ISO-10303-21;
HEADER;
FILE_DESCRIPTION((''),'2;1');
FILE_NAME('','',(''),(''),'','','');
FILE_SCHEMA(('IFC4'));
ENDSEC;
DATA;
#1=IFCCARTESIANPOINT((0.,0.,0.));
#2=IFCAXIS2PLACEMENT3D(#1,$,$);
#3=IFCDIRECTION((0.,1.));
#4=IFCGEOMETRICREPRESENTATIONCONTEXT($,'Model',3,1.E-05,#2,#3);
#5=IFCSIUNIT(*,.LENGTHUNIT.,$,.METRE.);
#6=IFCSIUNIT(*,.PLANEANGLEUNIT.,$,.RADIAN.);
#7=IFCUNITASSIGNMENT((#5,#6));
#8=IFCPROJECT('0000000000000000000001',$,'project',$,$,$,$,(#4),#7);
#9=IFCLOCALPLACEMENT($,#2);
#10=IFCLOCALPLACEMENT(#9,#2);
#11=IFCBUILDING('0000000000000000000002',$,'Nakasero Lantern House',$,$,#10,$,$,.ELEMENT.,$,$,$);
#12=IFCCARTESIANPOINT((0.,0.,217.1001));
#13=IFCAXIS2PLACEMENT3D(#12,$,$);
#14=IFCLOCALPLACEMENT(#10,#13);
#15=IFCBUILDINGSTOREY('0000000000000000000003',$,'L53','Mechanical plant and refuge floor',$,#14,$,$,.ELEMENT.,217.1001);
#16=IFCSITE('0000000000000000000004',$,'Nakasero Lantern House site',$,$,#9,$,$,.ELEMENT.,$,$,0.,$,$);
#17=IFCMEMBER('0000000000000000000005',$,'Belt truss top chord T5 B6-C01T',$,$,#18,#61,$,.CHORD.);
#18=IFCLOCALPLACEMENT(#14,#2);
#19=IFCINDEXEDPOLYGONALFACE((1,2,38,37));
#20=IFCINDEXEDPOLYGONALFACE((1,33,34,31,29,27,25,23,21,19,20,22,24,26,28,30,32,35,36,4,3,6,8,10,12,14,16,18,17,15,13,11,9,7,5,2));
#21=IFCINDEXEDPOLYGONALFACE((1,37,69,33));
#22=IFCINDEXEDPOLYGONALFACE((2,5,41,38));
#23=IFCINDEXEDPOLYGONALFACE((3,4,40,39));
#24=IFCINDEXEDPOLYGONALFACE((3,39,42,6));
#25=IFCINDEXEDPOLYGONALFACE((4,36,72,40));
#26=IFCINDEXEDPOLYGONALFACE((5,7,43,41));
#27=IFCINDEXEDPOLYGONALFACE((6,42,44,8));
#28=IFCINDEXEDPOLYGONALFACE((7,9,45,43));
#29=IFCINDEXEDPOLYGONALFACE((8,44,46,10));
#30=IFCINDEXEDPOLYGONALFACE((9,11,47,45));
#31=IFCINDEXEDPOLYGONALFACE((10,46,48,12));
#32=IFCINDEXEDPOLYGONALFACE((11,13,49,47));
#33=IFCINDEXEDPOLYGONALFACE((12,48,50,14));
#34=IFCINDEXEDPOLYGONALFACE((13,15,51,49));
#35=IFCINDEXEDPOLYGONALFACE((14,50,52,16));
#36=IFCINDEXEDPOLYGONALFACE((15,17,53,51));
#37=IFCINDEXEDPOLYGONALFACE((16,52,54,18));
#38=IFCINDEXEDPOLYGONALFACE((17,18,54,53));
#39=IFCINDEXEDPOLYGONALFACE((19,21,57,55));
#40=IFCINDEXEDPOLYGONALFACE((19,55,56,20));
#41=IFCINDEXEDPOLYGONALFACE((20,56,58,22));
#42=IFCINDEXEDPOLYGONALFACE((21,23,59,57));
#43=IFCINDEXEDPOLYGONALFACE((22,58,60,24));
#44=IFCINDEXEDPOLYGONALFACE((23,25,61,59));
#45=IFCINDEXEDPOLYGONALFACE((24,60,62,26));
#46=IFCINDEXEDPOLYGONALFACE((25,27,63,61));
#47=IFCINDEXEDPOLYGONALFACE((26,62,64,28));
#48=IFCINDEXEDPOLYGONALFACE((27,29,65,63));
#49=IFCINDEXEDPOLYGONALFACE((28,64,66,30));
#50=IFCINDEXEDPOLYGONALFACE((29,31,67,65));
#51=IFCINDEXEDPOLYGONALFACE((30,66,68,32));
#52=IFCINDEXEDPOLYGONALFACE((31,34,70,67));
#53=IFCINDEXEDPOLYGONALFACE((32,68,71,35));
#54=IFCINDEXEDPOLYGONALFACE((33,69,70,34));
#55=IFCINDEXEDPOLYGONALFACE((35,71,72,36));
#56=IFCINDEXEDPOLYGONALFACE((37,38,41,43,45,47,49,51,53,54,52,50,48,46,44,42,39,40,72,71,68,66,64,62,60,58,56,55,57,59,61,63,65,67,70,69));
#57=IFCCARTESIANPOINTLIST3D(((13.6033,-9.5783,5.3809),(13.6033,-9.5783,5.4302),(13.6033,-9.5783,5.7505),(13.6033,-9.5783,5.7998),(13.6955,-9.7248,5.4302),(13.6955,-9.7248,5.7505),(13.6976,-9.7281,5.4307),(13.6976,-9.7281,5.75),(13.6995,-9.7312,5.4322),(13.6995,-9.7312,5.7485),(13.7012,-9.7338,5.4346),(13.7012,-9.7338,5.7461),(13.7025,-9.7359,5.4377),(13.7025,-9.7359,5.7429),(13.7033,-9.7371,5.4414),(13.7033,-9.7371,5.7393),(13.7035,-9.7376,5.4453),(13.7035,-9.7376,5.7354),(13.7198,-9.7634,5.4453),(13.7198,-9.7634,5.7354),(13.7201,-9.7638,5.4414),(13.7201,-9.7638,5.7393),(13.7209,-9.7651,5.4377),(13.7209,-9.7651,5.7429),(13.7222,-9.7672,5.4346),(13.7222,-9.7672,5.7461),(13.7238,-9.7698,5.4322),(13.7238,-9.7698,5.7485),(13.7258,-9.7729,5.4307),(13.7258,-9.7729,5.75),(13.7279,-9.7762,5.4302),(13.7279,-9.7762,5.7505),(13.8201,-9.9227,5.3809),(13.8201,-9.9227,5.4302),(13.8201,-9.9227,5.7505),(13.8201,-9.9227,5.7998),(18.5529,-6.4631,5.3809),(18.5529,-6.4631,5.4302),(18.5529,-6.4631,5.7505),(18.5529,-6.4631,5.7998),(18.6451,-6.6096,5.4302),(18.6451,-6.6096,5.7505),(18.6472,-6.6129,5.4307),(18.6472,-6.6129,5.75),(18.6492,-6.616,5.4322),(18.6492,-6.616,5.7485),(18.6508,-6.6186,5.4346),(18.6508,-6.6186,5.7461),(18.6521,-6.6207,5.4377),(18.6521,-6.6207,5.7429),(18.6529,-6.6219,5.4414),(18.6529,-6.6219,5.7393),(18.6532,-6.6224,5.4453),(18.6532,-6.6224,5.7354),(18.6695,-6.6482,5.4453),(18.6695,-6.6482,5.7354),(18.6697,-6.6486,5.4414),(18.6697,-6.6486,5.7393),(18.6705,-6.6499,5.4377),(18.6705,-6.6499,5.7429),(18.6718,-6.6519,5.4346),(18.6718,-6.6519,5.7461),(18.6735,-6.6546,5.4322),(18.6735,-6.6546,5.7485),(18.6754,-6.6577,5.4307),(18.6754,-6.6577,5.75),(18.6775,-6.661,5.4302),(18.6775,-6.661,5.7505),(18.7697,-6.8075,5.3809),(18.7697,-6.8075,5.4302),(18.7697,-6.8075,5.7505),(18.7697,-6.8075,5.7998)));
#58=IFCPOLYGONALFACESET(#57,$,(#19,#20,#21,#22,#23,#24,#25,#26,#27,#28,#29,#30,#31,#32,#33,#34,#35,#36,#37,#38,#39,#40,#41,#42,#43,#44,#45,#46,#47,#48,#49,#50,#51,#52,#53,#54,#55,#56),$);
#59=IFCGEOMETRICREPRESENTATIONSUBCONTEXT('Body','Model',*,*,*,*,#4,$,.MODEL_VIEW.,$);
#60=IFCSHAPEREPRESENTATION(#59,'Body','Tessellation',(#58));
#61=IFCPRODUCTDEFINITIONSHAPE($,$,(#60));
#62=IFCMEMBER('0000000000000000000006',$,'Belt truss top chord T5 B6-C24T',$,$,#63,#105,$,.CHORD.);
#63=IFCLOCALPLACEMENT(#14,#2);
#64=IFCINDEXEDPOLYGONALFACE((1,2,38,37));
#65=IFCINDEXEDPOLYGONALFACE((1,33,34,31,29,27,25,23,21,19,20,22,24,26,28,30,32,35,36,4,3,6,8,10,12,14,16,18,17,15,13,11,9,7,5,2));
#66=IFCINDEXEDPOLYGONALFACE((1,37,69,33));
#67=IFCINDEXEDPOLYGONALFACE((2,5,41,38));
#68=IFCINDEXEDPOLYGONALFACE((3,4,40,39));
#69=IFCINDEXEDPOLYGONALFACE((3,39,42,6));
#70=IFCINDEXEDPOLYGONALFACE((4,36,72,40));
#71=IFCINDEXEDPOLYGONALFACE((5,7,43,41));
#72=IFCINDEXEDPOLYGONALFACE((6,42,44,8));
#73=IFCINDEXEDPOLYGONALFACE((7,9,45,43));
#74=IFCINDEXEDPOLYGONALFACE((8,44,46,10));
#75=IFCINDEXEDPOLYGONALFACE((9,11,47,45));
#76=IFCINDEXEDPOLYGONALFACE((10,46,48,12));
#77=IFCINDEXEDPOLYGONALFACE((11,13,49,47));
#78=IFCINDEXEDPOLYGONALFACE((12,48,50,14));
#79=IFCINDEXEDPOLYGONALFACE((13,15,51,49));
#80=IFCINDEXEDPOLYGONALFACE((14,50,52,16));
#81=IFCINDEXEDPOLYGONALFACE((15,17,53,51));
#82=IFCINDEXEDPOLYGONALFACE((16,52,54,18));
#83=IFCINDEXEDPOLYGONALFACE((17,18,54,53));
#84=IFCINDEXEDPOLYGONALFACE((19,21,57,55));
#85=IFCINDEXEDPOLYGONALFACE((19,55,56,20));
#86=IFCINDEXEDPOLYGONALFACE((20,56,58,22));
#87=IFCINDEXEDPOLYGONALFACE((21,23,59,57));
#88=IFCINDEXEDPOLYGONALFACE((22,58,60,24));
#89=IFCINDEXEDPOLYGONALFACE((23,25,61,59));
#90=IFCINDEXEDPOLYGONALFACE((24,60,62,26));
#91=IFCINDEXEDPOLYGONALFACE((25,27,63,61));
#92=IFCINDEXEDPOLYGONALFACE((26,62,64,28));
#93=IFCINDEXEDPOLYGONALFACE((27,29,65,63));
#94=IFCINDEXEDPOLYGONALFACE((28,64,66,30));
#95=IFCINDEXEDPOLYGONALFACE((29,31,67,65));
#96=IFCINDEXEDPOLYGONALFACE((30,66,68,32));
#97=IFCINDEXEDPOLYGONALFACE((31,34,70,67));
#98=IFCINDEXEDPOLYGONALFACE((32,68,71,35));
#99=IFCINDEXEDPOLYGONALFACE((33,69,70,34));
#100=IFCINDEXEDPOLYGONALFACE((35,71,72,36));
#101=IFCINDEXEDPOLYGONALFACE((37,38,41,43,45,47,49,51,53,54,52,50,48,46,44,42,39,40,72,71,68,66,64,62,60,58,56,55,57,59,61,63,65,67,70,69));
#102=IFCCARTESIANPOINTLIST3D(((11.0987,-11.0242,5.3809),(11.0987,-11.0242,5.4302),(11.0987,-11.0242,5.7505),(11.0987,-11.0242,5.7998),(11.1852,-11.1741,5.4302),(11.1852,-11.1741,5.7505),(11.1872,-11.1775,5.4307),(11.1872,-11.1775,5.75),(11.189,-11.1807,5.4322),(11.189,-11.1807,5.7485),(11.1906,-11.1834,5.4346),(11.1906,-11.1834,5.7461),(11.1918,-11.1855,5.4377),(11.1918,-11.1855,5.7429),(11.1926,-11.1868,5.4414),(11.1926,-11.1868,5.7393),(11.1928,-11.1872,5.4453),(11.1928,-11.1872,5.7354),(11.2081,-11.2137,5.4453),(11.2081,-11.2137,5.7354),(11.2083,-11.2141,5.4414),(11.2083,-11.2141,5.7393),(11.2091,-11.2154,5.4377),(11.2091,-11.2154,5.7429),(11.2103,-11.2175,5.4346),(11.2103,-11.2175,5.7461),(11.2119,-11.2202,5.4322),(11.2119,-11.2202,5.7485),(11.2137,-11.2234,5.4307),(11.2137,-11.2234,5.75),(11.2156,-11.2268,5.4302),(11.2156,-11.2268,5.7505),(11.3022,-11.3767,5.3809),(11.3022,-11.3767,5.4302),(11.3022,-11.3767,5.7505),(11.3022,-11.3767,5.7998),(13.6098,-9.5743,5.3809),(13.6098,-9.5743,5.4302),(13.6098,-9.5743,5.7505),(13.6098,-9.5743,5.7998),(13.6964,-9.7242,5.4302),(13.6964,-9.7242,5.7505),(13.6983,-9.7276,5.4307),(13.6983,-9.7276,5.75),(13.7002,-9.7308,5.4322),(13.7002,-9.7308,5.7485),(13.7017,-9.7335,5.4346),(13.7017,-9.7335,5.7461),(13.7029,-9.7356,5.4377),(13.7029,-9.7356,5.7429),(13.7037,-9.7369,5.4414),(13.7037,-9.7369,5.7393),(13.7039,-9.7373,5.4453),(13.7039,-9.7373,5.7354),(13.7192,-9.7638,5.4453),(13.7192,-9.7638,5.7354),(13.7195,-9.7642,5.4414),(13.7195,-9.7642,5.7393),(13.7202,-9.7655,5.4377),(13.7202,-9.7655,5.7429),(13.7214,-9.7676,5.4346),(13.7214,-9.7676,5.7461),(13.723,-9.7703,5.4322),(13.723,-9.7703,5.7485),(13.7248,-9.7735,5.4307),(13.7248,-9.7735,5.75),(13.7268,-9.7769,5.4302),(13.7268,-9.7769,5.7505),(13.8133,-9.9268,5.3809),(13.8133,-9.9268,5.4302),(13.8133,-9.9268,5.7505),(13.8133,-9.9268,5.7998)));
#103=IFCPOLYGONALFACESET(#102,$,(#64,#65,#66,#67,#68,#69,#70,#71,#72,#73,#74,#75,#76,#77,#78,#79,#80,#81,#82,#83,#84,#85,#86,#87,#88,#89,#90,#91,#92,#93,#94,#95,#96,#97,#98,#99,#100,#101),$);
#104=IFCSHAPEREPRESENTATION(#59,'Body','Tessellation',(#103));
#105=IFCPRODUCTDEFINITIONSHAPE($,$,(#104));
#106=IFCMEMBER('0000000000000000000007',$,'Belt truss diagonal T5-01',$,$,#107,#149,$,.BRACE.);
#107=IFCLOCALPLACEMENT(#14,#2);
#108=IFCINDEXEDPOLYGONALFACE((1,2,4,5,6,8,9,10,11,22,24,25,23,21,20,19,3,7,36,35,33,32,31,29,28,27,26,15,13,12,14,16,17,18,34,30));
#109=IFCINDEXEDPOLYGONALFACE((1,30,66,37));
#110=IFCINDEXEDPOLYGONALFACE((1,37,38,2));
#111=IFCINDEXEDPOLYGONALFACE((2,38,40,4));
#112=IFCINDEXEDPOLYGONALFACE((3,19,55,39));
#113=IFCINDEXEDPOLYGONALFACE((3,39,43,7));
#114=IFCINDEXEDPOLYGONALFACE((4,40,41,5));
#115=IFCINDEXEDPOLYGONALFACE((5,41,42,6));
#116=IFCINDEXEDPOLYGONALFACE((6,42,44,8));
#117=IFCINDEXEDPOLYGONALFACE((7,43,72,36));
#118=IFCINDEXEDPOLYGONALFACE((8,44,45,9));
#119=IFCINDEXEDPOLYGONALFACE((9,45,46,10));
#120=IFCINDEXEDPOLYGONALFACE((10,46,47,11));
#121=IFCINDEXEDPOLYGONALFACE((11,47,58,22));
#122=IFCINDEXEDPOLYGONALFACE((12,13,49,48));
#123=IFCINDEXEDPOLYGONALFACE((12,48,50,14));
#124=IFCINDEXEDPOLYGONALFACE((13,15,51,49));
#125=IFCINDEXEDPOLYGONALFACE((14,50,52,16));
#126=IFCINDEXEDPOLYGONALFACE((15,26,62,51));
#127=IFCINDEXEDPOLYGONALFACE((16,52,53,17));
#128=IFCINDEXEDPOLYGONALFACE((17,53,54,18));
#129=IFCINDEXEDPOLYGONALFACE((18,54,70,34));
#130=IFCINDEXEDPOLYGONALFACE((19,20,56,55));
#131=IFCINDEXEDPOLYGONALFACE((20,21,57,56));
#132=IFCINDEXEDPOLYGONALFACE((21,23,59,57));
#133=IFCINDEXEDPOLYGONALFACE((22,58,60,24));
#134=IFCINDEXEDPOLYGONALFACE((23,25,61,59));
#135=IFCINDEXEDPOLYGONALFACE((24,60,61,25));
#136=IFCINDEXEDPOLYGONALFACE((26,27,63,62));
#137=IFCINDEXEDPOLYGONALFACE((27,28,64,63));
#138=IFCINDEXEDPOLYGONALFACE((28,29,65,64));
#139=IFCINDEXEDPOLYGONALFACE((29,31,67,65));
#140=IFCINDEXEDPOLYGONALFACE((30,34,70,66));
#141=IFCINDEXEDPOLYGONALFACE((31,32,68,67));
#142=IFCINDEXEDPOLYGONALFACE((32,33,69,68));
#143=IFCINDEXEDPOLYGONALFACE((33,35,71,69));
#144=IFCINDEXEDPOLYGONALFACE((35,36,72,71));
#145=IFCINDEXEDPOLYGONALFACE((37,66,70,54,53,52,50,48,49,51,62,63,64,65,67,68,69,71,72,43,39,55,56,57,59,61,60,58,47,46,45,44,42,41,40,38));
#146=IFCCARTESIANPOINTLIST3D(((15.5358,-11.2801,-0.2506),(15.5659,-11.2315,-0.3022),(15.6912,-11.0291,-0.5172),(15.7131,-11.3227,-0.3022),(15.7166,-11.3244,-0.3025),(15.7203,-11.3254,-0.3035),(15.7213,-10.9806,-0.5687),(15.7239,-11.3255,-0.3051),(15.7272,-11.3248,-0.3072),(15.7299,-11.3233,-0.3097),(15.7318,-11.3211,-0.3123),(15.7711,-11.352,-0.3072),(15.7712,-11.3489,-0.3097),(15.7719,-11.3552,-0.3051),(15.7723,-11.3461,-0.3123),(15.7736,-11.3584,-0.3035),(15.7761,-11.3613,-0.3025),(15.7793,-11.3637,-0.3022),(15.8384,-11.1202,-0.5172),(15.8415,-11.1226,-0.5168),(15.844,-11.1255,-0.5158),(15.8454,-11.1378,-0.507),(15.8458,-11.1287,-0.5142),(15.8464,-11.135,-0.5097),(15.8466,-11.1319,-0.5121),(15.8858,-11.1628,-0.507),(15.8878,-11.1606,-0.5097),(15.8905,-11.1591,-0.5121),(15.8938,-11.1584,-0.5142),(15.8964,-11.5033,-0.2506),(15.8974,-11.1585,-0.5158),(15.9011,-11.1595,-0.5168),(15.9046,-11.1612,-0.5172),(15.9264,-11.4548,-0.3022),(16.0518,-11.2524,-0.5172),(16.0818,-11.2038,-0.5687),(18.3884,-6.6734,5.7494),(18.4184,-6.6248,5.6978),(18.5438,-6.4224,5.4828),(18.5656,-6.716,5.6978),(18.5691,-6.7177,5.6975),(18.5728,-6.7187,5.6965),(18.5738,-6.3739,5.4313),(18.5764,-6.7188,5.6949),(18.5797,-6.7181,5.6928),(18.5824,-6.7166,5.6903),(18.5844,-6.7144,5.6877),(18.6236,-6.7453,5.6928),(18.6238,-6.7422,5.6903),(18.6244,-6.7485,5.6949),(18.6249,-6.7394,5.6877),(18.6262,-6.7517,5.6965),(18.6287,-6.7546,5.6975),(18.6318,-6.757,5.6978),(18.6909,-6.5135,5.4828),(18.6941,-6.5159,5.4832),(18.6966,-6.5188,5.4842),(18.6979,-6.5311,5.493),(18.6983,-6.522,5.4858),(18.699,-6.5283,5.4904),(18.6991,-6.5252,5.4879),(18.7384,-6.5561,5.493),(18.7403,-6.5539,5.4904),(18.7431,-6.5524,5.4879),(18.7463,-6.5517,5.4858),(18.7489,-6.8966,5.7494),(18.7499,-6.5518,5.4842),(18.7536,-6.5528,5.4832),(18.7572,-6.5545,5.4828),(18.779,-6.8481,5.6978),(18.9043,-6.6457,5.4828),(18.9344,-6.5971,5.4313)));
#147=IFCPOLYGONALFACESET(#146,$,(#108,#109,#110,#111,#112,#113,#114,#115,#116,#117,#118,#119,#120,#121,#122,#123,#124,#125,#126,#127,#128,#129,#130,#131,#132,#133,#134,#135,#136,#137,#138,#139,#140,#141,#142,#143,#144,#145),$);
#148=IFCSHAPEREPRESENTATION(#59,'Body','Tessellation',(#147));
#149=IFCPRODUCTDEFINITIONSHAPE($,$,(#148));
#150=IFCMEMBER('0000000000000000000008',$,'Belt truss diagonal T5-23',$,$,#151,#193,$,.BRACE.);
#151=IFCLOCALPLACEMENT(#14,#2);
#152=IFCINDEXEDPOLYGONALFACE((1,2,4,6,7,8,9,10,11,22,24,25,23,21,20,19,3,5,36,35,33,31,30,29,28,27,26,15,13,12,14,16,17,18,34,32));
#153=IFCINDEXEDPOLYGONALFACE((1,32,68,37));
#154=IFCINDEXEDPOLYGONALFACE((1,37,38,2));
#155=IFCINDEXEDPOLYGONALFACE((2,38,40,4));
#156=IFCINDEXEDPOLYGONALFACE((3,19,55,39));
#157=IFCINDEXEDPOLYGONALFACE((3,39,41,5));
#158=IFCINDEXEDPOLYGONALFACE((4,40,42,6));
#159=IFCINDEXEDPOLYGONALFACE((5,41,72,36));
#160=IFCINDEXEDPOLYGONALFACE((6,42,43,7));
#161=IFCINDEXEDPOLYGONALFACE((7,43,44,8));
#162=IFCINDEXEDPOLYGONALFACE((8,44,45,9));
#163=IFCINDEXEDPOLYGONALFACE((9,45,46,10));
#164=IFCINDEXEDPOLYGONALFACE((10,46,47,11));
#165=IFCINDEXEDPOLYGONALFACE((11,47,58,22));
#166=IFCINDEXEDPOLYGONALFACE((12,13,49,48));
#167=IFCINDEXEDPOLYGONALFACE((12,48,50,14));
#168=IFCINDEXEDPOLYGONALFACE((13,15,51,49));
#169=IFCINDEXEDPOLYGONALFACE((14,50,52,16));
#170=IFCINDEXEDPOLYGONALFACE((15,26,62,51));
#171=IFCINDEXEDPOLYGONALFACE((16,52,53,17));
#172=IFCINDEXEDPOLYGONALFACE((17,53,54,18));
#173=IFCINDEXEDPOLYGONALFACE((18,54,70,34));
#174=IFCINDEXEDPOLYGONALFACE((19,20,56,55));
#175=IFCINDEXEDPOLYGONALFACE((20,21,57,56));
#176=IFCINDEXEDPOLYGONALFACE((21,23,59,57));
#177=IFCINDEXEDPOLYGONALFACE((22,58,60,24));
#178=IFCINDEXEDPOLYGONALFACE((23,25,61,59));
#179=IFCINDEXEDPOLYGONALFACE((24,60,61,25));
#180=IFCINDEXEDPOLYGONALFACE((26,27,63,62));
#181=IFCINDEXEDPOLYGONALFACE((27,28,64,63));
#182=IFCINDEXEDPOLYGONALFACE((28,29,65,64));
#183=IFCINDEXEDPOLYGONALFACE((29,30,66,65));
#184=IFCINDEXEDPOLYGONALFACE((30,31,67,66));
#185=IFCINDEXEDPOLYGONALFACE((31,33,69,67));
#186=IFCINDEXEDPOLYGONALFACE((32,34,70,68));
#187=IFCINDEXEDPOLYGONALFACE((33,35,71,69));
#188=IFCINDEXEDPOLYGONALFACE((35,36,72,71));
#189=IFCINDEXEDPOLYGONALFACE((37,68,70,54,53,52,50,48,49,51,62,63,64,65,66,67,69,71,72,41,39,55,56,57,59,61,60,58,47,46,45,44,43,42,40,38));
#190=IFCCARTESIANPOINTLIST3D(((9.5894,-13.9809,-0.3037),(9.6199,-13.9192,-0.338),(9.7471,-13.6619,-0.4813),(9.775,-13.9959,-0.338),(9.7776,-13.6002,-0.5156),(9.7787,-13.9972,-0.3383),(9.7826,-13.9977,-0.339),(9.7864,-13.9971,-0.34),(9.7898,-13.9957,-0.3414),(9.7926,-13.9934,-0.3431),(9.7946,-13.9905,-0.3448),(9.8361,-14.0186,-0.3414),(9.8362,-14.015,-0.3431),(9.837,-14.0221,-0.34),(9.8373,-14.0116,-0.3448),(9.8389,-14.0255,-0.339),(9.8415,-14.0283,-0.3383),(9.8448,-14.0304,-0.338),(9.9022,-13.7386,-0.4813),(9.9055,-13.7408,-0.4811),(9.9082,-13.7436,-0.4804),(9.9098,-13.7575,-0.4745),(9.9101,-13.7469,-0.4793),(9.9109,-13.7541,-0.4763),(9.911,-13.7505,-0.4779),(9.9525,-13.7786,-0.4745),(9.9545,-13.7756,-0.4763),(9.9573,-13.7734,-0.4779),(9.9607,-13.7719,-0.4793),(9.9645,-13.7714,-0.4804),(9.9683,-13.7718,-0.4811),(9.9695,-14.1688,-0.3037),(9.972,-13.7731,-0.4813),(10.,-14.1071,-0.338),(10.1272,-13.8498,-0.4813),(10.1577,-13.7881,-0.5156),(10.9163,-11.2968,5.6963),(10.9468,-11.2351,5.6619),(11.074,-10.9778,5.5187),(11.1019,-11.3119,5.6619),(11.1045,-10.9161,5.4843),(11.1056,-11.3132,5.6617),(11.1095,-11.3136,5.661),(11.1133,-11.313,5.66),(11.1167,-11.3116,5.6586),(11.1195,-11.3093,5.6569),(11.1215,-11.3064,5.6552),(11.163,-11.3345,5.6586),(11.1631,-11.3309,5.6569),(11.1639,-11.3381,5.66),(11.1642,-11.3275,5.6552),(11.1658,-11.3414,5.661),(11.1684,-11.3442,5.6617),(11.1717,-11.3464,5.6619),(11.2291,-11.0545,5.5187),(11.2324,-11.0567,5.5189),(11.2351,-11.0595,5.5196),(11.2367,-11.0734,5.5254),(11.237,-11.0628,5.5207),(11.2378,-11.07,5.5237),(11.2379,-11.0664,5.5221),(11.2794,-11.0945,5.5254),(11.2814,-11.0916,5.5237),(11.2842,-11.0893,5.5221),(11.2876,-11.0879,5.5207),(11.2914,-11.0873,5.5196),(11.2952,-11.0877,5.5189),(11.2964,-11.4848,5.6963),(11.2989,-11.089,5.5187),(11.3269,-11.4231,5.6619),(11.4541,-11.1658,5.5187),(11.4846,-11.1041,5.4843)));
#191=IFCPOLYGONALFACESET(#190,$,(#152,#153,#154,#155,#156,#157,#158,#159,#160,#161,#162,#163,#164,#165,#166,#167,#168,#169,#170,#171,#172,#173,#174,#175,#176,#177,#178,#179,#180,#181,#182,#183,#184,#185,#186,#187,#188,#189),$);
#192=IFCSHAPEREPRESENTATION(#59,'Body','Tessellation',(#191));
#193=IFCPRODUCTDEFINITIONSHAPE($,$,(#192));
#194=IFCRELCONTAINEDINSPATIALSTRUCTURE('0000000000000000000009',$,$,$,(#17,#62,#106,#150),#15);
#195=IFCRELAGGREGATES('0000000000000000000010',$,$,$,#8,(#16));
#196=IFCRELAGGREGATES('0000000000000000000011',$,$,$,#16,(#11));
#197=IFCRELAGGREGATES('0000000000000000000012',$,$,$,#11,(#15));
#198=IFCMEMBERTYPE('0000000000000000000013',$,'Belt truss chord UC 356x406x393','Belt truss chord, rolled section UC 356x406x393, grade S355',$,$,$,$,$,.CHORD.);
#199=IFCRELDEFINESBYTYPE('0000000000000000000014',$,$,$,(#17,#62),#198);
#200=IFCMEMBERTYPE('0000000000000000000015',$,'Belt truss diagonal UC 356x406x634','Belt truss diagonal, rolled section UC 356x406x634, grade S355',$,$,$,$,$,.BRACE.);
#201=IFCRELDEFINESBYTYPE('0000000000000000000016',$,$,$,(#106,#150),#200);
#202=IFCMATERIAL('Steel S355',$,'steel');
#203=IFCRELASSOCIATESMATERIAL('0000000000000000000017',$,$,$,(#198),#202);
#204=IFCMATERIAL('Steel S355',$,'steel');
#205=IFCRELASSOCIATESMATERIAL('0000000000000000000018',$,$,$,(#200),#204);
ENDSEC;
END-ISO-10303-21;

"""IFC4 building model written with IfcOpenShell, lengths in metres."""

from ifc_helpers import new_model, si_unit, direction, frame, origin, origin_2d, place, context, subcontext, project, spatial, i_section, extrude, material, material_profile, profile_set, type_object, element, save


model = new_model("IFC4")

# Units and contexts
model_context = context("Model", 3, precision=1e-05, world=origin(), true_north=direction((0.0, 1.0)))
body_context = subcontext(model_context, "Body", "Model", "MODEL_VIEW")
ifc_project = project(units=[si_unit("LENGTHUNIT", "METRE"), si_unit("PLANEANGLEUNIT", "RADIAN")], contexts=[model_context])

# Site, building, storey
site_placement = place(None, origin())
site = spatial("IfcSite", under=ifc_project, at=site_placement, Name="Nakasero Lantern House site", CompositionType="ELEMENT", RefElevation=0.0)
building_placement = place(site_placement, origin())
building = spatial("IfcBuilding", under=site, at=building_placement, Name="Nakasero Lantern House", CompositionType="ELEMENT")
storey_placement = place(building_placement, frame((0.0, 0.0, 217.1001)))
storey = spatial("IfcBuildingStorey", under=building, at=storey_placement, Name="L53", Description="Mechanical plant and refuge floor", CompositionType="ELEMENT", Elevation=217.1001)

# Members
ifc_material_1 = material(Name="Steel S355", Category="steel")
ifc_material_profile_1 = material_profile(ifc_material_1, i_section(OverallWidth=0.407, OverallDepth=0.4189, WebThickness=0.0305, FlangeThickness=0.0493, FilletRadius=0.0151, at=origin_2d()), Name="UC 356x406x393")
ifc_profile_set_1 = profile_set([ifc_material_profile_1], Name="Steel S355")
member_type_1 = type_object("IfcMemberType", Name="Belt truss chord UC 356x406x393", Description="Belt truss chord, rolled section UC 356x406x393, grade S355", PredefinedType="CHORD", material=ifc_profile_set_1)
member_1_placement = place(storey_placement, frame((13.7117, -9.7505, 5.5903), z_axis=(0.846329, 0.53266, 0.0), x_axis=(-0.53266, 0.846329, 0.0)))
element("IfcMember", 1, at=member_1_placement, inside=storey, type_object=member_type_1, Name="Belt truss top chord T5 B6-C01T", PredefinedType="CHORD", context=body_context, shape_type="SweptSolid", body=[
    extrude(i_section(OverallWidth=0.407, OverallDepth=0.4189, WebThickness=0.0305, FlangeThickness=0.0493, FilletRadius=0.0151, at=origin_2d()), origin(), (0.0, 0.0, 1.0), 5.8484),
])
member_2_placement = place(storey_placement, frame((11.2004, -11.2004, 5.5903), z_axis=(0.866012, 0.500024, 0.0), x_axis=(-0.500024, 0.866012, 0.0)))
element("IfcMember", 2, at=member_2_placement, inside=storey, type_object=member_type_1, Name="Belt truss top chord T5 B6-C24T", PredefinedType="CHORD", context=body_context, shape_type="SweptSolid", body=[
    extrude(i_section(OverallWidth=0.407, OverallDepth=0.4189, WebThickness=0.0305, FlangeThickness=0.0493, FilletRadius=0.0151, at=origin_2d()), origin(), (0.0, 0.0, 1.0), 2.8997),
])
ifc_material_2 = material(Name="Steel S355", Category="steel")
ifc_material_profile_2 = material_profile(ifc_material_2, i_section(OverallWidth=0.4241, OverallDepth=0.4746, WebThickness=0.0476, FlangeThickness=0.0769, FilletRadius=0.0151, at=origin_2d()), Name="UC 356x406x634")
ifc_profile_set_2 = profile_set([ifc_material_profile_2], Name="Steel S355")
member_type_2 = type_object("IfcMemberType", Name="Belt truss diagonal UC 356x406x634", Description="Belt truss diagonal, rolled section UC 356x406x634, grade S355", PredefinedType="BRACE", material=ifc_profile_set_2)
member_3_placement = place(storey_placement, frame((15.8088, -11.2419, -0.4097), z_axis=(0.352842, 0.56982, 0.742164), x_axis=(-0.850201, 0.526459, 0.0)))
element("IfcMember", 3, at=member_3_placement, inside=storey, type_object=member_type_2, Name="Belt truss diagonal T5-01", PredefinedType="BRACE", context=body_context, shape_type="SweptSolid", body=[
    extrude(i_section(OverallWidth=0.4241, OverallDepth=0.4746, WebThickness=0.0476, FlangeThickness=0.0769, FilletRadius=0.0151, at=origin_2d()), origin(), (0.0, 0.0, 1.0), 8.0845),
])
member_4_placement = place(storey_placement, frame((9.8735, -13.8845, -0.4097), z_axis=(0.19788, 0.400275, 0.894776), x_axis=(-0.89644, 0.443165, 0.0)))
element("IfcMember", 4, at=member_4_placement, inside=storey, type_object=member_type_2, Name="Belt truss diagonal T5-23", PredefinedType="BRACE", context=body_context, shape_type="SweptSolid", body=[
    extrude(i_section(OverallWidth=0.4241, OverallDepth=0.4746, WebThickness=0.0476, FlangeThickness=0.0769, FilletRadius=0.0151, at=origin_2d()), origin(), (0.0, 0.0, 1.0), 6.7056),
])

save(model, "model.ifc")
